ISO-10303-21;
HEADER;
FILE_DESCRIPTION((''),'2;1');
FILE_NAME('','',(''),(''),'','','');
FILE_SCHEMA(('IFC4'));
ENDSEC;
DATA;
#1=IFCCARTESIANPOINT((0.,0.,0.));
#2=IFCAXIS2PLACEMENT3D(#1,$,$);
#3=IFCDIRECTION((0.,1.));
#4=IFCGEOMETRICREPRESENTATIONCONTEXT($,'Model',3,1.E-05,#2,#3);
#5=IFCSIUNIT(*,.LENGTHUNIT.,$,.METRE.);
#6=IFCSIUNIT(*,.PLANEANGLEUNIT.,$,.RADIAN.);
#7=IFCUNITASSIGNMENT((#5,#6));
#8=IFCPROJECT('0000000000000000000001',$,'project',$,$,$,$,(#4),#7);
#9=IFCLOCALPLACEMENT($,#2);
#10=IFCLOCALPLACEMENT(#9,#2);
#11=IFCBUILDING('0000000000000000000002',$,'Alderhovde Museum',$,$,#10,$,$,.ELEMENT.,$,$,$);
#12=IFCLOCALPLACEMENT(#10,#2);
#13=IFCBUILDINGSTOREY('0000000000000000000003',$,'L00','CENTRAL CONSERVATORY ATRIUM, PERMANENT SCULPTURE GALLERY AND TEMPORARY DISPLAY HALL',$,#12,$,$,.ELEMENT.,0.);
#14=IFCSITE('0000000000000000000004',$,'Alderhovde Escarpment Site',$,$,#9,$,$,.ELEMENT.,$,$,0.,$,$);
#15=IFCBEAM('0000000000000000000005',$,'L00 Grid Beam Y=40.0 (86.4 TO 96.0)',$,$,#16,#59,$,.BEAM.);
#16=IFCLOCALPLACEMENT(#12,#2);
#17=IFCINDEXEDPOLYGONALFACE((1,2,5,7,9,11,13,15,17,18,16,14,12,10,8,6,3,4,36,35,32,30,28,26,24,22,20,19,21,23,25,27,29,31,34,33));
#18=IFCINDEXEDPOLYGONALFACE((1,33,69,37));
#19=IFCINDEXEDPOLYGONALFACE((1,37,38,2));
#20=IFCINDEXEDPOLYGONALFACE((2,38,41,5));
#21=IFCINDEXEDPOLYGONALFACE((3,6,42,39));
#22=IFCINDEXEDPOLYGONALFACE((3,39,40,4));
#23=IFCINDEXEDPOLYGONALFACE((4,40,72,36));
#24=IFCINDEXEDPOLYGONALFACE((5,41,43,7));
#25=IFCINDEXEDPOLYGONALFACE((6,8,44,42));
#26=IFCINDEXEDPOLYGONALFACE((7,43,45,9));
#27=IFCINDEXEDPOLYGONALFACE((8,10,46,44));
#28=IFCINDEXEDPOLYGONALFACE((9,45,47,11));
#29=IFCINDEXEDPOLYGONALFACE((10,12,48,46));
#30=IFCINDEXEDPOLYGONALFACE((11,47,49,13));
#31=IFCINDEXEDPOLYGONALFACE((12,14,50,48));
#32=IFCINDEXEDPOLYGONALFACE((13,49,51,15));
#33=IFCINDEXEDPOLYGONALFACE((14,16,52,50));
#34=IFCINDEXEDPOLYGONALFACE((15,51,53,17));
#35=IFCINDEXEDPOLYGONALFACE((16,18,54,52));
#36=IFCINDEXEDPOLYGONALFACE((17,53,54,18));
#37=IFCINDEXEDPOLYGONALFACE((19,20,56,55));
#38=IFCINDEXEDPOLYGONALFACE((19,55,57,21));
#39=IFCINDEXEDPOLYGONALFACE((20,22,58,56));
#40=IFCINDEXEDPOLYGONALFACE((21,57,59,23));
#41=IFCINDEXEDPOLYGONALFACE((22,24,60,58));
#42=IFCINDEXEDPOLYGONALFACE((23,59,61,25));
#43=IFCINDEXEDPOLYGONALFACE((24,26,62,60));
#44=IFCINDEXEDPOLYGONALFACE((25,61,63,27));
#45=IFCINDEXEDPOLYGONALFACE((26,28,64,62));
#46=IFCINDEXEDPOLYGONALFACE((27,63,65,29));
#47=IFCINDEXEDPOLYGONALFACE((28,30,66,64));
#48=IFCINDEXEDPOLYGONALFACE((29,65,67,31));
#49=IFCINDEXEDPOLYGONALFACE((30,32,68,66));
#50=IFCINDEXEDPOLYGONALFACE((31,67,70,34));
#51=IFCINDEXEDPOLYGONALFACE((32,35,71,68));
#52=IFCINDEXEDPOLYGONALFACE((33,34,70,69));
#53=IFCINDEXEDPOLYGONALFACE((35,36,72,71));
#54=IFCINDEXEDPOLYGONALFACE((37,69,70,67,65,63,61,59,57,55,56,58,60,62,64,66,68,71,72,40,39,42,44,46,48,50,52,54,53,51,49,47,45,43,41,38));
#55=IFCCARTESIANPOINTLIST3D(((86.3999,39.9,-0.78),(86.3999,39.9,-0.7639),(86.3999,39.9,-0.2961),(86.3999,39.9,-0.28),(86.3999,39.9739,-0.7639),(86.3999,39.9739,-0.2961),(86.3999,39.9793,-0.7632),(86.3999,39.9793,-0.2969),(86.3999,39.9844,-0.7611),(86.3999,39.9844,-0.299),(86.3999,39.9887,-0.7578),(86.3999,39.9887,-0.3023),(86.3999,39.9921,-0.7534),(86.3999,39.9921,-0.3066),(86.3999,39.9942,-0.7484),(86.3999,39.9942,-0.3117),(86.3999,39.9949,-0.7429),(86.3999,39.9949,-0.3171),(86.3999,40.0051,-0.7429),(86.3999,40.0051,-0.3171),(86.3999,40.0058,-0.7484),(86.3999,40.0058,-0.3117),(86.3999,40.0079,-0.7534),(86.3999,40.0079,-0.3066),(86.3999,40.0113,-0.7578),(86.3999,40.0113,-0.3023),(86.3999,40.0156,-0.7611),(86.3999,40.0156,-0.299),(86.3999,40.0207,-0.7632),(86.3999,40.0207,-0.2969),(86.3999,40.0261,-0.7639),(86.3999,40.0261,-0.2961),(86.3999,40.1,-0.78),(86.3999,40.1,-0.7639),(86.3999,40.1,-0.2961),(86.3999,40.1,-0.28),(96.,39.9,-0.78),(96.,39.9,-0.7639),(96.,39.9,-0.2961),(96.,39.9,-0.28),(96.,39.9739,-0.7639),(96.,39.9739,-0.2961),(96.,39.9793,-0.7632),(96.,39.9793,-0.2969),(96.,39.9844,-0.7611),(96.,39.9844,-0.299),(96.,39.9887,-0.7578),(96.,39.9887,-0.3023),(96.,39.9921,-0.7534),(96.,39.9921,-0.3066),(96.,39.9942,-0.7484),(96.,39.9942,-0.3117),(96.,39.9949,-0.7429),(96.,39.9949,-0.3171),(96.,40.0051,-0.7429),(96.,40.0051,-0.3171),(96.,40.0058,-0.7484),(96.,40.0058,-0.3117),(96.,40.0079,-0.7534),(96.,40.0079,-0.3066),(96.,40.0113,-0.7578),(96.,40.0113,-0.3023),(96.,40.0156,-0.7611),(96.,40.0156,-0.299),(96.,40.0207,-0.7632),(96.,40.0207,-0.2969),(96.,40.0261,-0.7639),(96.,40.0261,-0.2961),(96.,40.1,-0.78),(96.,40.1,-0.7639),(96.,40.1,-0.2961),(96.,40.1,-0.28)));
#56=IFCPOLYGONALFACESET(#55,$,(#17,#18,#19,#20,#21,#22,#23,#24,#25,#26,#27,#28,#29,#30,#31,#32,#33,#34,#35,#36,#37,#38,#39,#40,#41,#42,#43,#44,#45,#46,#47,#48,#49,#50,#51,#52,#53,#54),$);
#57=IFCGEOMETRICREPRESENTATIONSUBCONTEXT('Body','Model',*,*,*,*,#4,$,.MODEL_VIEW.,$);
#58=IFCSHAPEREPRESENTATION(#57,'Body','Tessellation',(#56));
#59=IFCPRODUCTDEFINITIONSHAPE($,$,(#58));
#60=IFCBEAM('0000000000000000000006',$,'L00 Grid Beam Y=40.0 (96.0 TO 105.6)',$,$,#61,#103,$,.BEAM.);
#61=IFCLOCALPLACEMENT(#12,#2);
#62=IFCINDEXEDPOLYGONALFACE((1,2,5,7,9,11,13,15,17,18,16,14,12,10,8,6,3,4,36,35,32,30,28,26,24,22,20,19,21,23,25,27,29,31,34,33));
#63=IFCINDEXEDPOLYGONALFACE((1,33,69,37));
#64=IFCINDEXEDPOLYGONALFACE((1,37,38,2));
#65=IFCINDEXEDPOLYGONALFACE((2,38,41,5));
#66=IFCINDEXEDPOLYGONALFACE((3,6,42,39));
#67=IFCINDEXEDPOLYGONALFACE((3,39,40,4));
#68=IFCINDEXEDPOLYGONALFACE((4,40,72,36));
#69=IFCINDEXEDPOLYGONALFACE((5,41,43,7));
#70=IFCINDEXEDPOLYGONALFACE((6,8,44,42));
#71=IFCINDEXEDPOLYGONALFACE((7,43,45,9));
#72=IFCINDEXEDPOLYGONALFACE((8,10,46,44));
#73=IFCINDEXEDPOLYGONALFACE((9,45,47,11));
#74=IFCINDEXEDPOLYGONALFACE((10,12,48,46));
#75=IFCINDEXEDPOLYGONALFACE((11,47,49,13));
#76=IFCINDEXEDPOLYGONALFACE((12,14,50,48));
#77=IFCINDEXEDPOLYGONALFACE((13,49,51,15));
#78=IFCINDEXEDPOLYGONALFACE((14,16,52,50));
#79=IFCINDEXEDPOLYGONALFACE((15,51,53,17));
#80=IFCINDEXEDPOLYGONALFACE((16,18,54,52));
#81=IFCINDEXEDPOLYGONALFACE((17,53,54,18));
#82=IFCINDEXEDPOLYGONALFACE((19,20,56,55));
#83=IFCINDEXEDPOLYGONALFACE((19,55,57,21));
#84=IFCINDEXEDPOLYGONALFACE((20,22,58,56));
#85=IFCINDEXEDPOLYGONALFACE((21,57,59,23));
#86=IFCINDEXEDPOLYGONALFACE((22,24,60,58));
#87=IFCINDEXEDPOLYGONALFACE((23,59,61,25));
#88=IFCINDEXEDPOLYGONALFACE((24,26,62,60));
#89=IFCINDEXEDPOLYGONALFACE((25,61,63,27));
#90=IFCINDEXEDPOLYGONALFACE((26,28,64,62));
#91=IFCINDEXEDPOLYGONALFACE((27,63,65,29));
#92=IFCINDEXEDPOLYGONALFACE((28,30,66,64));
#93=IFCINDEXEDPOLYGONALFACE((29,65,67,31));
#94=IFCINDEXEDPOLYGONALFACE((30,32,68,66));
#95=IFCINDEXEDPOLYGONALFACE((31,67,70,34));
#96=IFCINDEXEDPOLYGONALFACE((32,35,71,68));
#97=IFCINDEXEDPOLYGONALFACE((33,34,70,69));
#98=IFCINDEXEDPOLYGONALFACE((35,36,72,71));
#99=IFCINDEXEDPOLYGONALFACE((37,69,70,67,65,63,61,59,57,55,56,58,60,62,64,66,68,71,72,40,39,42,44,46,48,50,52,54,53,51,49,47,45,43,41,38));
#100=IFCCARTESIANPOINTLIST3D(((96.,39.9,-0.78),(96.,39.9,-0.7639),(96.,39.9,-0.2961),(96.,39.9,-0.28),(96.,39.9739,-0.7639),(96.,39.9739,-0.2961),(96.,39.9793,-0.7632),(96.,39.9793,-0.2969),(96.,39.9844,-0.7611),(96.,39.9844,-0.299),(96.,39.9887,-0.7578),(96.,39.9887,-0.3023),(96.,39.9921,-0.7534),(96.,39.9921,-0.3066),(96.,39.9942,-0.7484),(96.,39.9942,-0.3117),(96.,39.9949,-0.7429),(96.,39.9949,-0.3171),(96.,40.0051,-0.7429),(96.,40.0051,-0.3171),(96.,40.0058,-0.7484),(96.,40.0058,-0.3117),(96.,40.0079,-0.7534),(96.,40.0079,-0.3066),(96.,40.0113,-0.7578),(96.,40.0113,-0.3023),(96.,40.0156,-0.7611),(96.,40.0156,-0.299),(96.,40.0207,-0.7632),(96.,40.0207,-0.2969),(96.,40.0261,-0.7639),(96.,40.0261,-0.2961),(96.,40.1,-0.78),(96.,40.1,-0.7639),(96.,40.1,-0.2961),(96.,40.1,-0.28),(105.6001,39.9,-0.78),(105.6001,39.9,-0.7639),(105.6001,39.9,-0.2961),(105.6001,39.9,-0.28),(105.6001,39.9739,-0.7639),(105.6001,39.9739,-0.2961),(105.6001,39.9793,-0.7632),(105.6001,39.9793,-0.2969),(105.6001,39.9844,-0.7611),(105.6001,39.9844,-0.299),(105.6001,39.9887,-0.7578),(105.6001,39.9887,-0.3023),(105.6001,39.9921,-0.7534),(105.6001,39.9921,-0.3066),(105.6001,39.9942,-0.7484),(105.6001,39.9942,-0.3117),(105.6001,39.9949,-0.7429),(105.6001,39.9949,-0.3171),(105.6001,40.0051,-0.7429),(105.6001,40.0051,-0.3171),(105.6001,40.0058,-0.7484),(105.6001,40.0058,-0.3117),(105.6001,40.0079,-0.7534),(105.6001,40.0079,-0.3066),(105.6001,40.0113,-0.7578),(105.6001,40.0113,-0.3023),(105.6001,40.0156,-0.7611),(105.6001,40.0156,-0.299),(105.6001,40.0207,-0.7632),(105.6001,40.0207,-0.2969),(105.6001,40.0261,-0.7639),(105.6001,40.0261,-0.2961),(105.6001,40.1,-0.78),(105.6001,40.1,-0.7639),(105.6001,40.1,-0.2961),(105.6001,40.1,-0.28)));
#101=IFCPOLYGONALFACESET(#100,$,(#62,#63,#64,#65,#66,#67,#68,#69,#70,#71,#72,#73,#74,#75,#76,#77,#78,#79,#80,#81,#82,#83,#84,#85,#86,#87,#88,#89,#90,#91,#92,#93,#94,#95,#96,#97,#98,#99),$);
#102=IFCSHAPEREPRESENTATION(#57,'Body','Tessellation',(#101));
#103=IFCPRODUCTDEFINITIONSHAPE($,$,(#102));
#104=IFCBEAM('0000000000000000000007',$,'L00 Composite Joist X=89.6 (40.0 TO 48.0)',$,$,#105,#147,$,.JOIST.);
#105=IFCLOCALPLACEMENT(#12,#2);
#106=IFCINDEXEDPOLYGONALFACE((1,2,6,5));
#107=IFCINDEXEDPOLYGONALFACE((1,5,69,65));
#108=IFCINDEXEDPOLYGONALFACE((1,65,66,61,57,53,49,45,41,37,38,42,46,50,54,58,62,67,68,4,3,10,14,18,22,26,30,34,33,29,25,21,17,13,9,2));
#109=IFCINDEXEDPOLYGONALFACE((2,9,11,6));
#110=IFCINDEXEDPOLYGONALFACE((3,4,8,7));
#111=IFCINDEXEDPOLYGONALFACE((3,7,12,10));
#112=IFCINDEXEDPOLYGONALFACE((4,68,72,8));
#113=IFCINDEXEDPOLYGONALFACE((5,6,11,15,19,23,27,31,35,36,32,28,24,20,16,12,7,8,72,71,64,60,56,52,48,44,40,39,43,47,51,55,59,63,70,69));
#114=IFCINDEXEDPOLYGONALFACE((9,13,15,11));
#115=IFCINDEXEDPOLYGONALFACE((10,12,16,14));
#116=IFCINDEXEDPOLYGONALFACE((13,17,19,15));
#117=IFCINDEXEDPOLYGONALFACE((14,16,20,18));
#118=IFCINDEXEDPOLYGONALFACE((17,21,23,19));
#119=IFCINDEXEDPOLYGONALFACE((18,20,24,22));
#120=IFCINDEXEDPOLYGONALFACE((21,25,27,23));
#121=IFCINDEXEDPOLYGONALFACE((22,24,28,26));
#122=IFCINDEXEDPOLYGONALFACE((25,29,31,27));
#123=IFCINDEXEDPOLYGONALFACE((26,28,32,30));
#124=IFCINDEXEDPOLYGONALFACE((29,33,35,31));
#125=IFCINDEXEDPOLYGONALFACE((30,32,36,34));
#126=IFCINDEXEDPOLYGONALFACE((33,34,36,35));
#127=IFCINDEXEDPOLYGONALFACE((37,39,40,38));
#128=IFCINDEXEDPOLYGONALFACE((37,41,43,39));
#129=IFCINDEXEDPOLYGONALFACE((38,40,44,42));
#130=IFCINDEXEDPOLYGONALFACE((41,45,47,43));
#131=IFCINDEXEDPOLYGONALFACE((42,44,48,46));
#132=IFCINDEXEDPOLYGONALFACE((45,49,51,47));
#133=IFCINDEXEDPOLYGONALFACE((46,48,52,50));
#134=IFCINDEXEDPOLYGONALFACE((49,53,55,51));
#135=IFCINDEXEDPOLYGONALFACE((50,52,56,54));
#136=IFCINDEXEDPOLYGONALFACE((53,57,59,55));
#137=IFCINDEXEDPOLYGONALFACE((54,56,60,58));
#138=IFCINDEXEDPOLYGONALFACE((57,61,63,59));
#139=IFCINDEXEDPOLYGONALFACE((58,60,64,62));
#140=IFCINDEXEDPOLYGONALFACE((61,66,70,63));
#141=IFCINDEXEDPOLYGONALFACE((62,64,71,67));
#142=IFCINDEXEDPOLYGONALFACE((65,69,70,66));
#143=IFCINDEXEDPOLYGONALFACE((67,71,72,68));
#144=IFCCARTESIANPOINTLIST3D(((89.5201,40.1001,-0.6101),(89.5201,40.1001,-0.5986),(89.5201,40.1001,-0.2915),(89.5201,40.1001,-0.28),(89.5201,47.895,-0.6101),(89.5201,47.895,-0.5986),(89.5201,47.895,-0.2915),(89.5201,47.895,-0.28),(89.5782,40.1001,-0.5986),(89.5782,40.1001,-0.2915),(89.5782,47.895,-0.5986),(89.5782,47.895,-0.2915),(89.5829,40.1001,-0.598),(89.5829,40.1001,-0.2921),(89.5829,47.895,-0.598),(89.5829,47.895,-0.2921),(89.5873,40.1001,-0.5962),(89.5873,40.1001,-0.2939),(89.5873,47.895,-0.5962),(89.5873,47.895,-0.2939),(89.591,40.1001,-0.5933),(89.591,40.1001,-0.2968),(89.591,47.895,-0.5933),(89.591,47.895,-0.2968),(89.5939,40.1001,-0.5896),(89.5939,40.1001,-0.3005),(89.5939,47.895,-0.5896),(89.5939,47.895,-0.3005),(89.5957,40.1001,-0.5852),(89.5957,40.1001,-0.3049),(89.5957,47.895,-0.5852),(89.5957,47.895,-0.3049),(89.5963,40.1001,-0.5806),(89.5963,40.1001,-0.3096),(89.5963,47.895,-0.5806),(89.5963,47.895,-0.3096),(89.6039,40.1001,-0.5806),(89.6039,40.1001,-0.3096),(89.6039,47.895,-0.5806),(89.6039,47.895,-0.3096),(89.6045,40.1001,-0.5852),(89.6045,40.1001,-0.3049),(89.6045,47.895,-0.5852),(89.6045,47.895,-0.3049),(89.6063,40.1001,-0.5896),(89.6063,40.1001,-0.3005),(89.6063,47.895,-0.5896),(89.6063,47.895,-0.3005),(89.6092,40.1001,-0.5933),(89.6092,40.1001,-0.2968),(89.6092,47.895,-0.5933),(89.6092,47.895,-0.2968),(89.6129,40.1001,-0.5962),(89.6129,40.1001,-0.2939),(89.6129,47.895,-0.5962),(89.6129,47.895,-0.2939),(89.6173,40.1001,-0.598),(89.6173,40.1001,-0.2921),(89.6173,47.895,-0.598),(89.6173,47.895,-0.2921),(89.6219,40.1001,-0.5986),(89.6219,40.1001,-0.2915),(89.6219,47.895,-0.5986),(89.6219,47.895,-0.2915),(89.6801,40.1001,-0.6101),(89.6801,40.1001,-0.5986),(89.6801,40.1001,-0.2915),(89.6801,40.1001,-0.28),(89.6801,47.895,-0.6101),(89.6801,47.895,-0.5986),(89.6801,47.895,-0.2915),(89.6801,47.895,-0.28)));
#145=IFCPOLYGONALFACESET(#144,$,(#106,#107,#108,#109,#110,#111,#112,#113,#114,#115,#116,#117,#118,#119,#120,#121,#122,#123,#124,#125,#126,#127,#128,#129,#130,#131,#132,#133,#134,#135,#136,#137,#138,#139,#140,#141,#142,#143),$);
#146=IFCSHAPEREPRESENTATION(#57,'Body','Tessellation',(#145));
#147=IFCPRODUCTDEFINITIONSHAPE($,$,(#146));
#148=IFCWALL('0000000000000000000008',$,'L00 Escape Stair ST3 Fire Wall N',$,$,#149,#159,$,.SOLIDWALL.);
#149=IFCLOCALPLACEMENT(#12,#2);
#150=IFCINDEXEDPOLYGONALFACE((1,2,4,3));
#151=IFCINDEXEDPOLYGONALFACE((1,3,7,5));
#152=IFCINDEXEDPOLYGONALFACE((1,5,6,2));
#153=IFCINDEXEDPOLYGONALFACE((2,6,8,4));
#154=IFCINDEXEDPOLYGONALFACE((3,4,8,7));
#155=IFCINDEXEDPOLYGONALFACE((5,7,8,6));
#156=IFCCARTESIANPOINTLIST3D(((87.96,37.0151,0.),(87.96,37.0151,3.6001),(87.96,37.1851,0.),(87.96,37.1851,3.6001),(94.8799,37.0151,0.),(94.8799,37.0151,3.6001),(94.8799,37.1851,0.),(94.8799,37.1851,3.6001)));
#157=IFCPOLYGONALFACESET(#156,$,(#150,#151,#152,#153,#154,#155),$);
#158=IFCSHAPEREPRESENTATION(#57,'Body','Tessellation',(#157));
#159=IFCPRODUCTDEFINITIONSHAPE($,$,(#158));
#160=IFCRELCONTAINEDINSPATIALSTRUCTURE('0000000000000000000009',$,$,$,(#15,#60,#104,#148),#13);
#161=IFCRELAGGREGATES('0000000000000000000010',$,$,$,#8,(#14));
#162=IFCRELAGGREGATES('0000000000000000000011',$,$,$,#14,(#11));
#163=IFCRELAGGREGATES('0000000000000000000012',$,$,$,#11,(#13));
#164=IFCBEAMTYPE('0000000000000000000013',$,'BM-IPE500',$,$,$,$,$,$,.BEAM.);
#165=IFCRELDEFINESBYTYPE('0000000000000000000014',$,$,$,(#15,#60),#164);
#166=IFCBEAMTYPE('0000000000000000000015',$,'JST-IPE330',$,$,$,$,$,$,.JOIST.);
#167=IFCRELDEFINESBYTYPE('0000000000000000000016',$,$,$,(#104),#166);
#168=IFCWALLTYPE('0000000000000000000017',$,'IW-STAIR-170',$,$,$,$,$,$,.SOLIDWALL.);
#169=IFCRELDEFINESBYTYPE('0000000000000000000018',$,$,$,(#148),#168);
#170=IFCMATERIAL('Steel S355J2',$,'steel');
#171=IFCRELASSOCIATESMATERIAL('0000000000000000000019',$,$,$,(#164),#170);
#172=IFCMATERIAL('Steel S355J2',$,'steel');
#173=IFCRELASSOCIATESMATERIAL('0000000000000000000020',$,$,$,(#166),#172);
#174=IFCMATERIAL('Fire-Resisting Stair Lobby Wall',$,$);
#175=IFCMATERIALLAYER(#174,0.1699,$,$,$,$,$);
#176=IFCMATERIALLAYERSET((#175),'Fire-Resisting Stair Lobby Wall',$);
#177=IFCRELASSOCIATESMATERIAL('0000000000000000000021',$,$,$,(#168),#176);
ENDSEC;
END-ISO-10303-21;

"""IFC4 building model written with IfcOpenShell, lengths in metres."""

from ifc_helpers import new_model, si_unit, direction, frame, frame_2d, origin, origin_2d, place, context, subcontext, project, spatial, rectangle, i_section, extrude, material, layer, layer_set, material_profile, profile_set, type_object, element, save


model = new_model("IFC4")

# Units and contexts
model_context = context("Model", 3, precision=1e-05, world=origin(), true_north=direction((0.0, 1.0)))
body_context = subcontext(model_context, "Body", "Model", "MODEL_VIEW")
ifc_project = project(units=[si_unit("LENGTHUNIT", "METRE"), si_unit("PLANEANGLEUNIT", "RADIAN")], contexts=[model_context])

# Site, building, storey
site_placement = place(None, origin())
site = spatial("IfcSite", under=ifc_project, at=site_placement, Name="Alderhovde Escarpment Site", CompositionType="ELEMENT", RefElevation=0.0)
building_placement = place(site_placement, origin())
building = spatial("IfcBuilding", under=site, at=building_placement, Name="Alderhovde Museum", CompositionType="ELEMENT")
storey_placement = place(building_placement, origin())
storey = spatial("IfcBuildingStorey", under=building, at=storey_placement, Name="L00", Description="CENTRAL CONSERVATORY ATRIUM, PERMANENT SCULPTURE GALLERY AND TEMPORARY DISPLAY HALL", CompositionType="ELEMENT", Elevation=0.0)

# Beams
ifc_material_1 = material(Name="Steel S355J2", Category="steel")
ifc_material_profile_1 = material_profile(ifc_material_1, i_section(OverallWidth=0.2, OverallDepth=0.5, WebThickness=0.0103, FlangeThickness=0.0161, FilletRadius=0.021, at=origin_2d()), Name="IPE 500")
ifc_profile_set_1 = profile_set([ifc_material_profile_1], Name="Steel S355J2")
beam_type_1 = type_object("IfcBeamType", Name="BM-IPE500", PredefinedType="BEAM", material=ifc_profile_set_1)
for number, where, z_axis, x_axis, name in (
    (1, (86.3999, 40.0, -0.53), (1.0, 0.0, 0.0), (0.0, 1.0, 0.0), "L00 Grid Beam Y=40.0 (86.4 TO 96.0)"),
    (2, (96.0, 40.0, -0.53), (1.0, 0.0, 0.0), (0.0, 1.0, 0.0), "L00 Grid Beam Y=40.0 (96.0 TO 105.6)"),
):
    element("IfcBeam", number, at=place(storey_placement, frame(where, z_axis=z_axis, x_axis=x_axis)), inside=storey, type_object=beam_type_1, Name=name, PredefinedType="BEAM", context=body_context, shape_type="SweptSolid", body=[
        extrude(i_section(OverallWidth=0.2, OverallDepth=0.5, WebThickness=0.0103, FlangeThickness=0.0161, FilletRadius=0.021, at=origin_2d()), origin(), (0.0, 0.0, 1.0), 9.6001),
    ])
ifc_material_2 = material(Name="Steel S355J2", Category="steel")
ifc_material_profile_2 = material_profile(ifc_material_2, i_section(OverallWidth=0.1599, OverallDepth=0.3301, WebThickness=0.0076, FlangeThickness=0.0115, FilletRadius=0.0181, at=origin_2d()), Name="IPE 330")
ifc_profile_set_2 = profile_set([ifc_material_profile_2], Name="Steel S355J2")
beam_type_2 = type_object("IfcBeamType", Name="JST-IPE330", PredefinedType="JOIST", material=ifc_profile_set_2)
beam_1_placement = place(storey_placement, frame((89.6001, 40.1001, -0.4451), z_axis=(0.0, 1.0, 0.0), x_axis=(-1.0, 0.0, 0.0)))
element("IfcBeam", 3, at=beam_1_placement, inside=storey, type_object=beam_type_2, Name="L00 Composite Joist X=89.6 (40.0 TO 48.0)", PredefinedType="JOIST", context=body_context, shape_type="SweptSolid", body=[
    extrude(i_section(OverallWidth=0.1599, OverallDepth=0.3301, WebThickness=0.0076, FlangeThickness=0.0115, FilletRadius=0.0181, at=origin_2d()), origin(), (0.0, 0.0, 1.0), 7.7949),
])

# Wall
ifc_material_3 = material(Name="Fire-Resisting Stair Lobby Wall")
ifc_layer = layer(ifc_material_3, 0.1699)
ifc_layer_set = layer_set([ifc_layer], Name="Fire-Resisting Stair Lobby Wall")
wall_type = type_object("IfcWallType", Name="IW-STAIR-170", PredefinedType="SOLIDWALL", material=ifc_layer_set)
wall_placement = place(storey_placement, frame((87.96, 37.1001, 0.0), z_axis=(0.0, 0.0, 1.0), x_axis=(1.0, 0.0, 0.0)))
element("IfcWall", 4, at=wall_placement, inside=storey, type_object=wall_type, Name="L00 Escape Stair ST3 Fire Wall N", PredefinedType="SOLIDWALL", context=body_context, shape_type="SweptSolid", body=[
    extrude(rectangle(XDim=6.9199, YDim=0.1699, at=frame_2d((3.46, 0.0))), origin(), (0.0, 0.0, 1.0), 3.6001),
])

save(model, "model.ifc")
